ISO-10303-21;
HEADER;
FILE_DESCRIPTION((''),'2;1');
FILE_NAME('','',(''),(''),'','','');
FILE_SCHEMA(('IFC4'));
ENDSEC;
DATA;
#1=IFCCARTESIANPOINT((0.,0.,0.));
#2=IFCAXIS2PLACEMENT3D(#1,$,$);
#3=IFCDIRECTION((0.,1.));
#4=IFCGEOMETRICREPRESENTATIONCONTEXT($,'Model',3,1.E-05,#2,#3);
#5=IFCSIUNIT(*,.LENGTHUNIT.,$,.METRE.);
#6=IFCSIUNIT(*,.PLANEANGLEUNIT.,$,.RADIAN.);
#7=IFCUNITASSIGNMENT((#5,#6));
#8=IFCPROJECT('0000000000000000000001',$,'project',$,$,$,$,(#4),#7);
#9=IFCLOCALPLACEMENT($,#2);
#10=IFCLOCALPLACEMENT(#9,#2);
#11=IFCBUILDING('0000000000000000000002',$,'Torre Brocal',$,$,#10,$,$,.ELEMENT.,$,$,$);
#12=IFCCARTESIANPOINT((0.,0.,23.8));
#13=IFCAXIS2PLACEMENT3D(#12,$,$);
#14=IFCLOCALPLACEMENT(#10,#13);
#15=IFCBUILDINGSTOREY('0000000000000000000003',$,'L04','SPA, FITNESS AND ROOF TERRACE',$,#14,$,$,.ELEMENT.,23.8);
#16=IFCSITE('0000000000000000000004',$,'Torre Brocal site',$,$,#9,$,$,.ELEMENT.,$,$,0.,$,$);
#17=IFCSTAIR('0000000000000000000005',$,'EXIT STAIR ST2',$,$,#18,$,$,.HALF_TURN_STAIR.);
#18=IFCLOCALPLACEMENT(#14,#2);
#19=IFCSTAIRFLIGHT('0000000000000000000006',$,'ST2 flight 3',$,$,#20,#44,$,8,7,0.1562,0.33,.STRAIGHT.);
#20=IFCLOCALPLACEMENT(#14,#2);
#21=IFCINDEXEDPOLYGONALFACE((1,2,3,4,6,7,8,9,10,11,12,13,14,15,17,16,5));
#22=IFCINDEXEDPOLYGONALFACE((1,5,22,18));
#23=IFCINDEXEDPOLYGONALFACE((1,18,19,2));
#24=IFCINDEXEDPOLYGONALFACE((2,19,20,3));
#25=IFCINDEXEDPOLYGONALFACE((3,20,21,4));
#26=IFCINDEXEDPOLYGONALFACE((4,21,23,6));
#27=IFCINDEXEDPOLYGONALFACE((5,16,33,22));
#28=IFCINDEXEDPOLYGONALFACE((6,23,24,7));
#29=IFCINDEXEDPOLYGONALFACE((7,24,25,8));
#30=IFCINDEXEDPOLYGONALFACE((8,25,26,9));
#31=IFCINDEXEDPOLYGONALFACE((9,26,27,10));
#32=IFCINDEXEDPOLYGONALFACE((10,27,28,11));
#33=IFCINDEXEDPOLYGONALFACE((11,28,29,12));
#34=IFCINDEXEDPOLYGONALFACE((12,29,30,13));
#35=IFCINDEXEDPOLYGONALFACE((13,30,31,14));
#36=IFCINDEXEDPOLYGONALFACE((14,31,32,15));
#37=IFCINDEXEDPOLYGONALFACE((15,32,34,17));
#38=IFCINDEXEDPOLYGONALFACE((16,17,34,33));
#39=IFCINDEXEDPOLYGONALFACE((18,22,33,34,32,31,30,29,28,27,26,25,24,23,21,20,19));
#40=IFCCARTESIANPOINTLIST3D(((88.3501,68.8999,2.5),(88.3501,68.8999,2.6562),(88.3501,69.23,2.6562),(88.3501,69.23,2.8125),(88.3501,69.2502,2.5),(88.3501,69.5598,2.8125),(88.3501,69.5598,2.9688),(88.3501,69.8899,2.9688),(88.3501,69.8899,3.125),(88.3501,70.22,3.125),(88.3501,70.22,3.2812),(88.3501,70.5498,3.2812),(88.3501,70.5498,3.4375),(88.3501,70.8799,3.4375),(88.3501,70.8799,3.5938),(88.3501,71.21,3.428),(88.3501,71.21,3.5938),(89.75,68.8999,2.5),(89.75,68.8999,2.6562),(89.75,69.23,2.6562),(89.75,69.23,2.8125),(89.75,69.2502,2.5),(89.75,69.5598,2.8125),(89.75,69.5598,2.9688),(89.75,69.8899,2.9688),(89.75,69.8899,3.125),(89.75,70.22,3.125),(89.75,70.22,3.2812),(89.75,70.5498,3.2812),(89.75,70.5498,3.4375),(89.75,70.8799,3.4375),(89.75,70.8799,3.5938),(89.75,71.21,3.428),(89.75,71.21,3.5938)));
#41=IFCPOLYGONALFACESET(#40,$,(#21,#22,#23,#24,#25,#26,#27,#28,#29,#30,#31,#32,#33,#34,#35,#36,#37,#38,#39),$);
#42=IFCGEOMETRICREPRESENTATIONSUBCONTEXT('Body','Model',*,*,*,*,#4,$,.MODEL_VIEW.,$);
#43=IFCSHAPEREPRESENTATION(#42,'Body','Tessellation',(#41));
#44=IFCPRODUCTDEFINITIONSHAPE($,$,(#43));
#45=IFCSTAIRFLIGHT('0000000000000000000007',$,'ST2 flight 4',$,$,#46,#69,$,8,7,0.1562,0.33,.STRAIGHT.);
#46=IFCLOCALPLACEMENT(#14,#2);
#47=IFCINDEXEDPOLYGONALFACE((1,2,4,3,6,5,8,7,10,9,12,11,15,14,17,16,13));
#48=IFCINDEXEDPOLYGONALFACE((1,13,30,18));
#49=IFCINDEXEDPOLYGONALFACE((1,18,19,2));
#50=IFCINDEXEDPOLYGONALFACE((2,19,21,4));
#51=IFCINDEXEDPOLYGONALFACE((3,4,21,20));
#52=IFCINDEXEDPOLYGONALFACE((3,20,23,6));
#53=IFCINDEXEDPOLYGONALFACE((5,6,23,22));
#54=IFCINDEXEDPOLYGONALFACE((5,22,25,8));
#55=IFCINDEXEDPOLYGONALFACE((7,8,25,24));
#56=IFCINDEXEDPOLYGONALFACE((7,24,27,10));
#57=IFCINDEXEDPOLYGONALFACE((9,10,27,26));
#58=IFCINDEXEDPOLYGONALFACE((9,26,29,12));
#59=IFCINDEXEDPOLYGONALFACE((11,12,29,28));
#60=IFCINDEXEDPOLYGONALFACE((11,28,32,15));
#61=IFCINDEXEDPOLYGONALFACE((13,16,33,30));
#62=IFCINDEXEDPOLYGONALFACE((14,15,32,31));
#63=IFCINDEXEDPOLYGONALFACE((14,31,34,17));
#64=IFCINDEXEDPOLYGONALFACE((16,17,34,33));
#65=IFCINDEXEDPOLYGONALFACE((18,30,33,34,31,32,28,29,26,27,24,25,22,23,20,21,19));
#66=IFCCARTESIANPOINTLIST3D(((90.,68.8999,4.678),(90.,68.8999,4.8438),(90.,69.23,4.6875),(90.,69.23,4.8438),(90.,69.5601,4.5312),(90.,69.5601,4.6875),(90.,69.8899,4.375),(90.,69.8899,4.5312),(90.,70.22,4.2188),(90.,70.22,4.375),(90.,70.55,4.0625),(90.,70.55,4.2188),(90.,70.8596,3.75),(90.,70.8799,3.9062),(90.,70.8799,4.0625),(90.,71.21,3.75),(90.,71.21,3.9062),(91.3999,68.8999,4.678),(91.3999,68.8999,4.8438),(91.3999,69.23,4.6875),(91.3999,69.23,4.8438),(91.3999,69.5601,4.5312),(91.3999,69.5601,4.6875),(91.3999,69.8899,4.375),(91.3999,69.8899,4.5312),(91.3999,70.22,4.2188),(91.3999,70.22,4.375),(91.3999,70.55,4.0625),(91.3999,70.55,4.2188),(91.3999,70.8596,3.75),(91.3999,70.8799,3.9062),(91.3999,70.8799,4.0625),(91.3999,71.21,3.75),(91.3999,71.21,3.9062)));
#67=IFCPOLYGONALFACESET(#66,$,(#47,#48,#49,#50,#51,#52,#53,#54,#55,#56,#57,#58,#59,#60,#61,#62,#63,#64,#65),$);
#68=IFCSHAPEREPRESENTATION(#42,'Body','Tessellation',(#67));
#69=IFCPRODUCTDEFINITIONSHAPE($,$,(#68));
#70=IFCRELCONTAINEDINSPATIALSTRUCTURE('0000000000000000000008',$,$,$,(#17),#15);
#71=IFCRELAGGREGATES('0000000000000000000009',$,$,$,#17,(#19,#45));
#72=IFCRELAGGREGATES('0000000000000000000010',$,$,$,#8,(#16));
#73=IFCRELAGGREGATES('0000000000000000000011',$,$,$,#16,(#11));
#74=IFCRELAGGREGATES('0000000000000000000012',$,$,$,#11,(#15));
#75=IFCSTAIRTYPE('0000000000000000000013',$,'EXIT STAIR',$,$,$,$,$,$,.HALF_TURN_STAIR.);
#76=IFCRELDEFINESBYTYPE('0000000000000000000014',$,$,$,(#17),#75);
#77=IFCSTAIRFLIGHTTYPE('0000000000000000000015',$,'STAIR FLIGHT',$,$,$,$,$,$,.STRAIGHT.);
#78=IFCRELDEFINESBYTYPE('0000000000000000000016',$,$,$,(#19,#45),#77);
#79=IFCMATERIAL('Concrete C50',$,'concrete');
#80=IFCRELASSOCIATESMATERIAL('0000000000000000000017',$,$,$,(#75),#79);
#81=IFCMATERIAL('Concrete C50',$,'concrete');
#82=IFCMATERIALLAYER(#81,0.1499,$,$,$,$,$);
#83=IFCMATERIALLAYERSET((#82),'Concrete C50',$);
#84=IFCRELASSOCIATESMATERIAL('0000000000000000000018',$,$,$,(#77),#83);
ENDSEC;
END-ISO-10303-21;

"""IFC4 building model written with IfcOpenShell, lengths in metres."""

from ifc_helpers import new_model, si_unit, direction, frame, origin, place, context, subcontext, project, spatial, polyline, outline, extrude, material, layer, layer_set, type_object, element, aggregate, save


model = new_model("IFC4")

# Units and contexts
model_context = context("Model", 3, precision=1e-05, world=origin(), true_north=direction((0.0, 1.0)))
body_context = subcontext(model_context, "Body", "Model", "MODEL_VIEW")
ifc_project = project(units=[si_unit("LENGTHUNIT", "METRE"), si_unit("PLANEANGLEUNIT", "RADIAN")], contexts=[model_context])

# Site, building, storey
site_placement = place(None, origin())
site = spatial("IfcSite", under=ifc_project, at=site_placement, Name="Torre Brocal site", CompositionType="ELEMENT", RefElevation=0.0)
building_placement = place(site_placement, origin())
building = spatial("IfcBuilding", under=site, at=building_placement, Name="Torre Brocal", CompositionType="ELEMENT")
storey_placement = place(building_placement, frame((0.0, 0.0, 23.8)))
storey = spatial("IfcBuildingStorey", under=building, at=storey_placement, Name="L04", Description="SPA, FITNESS AND ROOF TERRACE", CompositionType="ELEMENT", Elevation=23.8)

# Stair, stair flights
ifc_material_1 = material(Name="Concrete C50", Category="concrete")
stair_type = type_object("IfcStairType", Name="EXIT STAIR", PredefinedType="HALF_TURN_STAIR", material=ifc_material_1)
stair_placement = place(storey_placement, origin())
stair = element("IfcStair", 1, at=stair_placement, inside=storey, type_object=stair_type, Name="EXIT STAIR ST2", PredefinedType="HALF_TURN_STAIR")
ifc_material_2 = material(Name="Concrete C50", Category="concrete")
ifc_layer_1 = layer(ifc_material_2, 0.1499)
ifc_layer_set_1 = layer_set([ifc_layer_1], Name="Concrete C50")
stair_flight_type = type_object("IfcStairFlightType", Name="STAIR FLIGHT", PredefinedType="STRAIGHT", material=ifc_layer_set_1)
stair_flight_1_placement = place(storey_placement, frame((89.05, 68.8999, 2.5), z_axis=(0.0, 0.0, 1.0), x_axis=(0.0, 1.0, 0.0)))
stair_flight_1 = element("IfcStairFlight", 2, at=stair_flight_1_placement, type_object=stair_flight_type, Name="ST2 flight 3", NumberOfRisers=8, NumberOfTreads=7, PredefinedType="STRAIGHT", RiserHeight=0.1562, TreadLength=0.33, context=body_context, shape_type="SweptSolid", body=[
    extrude(outline(polyline([(0.0, 0.0), (0.0, 0.1562), (0.3301, 0.1562), (0.3301, 0.3125), (0.6599, 0.3125), (0.6599, 0.4688), (0.99, 0.4688), (0.99, 0.625), (1.3201, 0.625), (1.3201, 0.7812), (1.6499, 0.7812), (1.6499, 0.9375), (1.98, 0.9375), (1.98, 1.0938), (2.3101, 1.0938), (2.3101, 1.25), (2.3101, 0.928), (0.3503, 0.0), (0.0, 0.0)])), frame((0.0, 0.7, 0.0), z_axis=(0.0, -1.0, 0.0), x_axis=(1.0, 0.0, 0.0)), (0.0, 0.0, 1.0), 1.3999),
])
stair_flight_2_placement = place(storey_placement, frame((90.7, 71.21, 3.75), z_axis=(0.0, 0.0, 1.0), x_axis=(0.0, -1.0, 0.0)))
stair_flight_2 = element("IfcStairFlight", 3, at=stair_flight_2_placement, type_object=stair_flight_type, Name="ST2 flight 4", NumberOfRisers=8, NumberOfTreads=7, PredefinedType="STRAIGHT", RiserHeight=0.1562, TreadLength=0.33, context=body_context, shape_type="SweptSolid", body=[
    extrude(outline(polyline([(0.0, 0.0), (0.0, 0.1562), (0.3301, 0.1562), (0.3301, 0.3125), (0.6599, 0.3125), (0.6599, 0.4688), (0.99, 0.4688), (0.99, 0.625), (1.3201, 0.625), (1.3201, 0.7812), (1.6499, 0.7812), (1.6499, 0.9375), (1.98, 0.9375), (1.98, 1.0938), (2.3101, 1.0938), (2.3101, 1.25), (2.3101, 0.928), (0.3503, 0.0), (0.0, 0.0)])), frame((0.0, 0.7, 0.0), z_axis=(0.0, -1.0, 0.0), x_axis=(1.0, 0.0, 0.0)), (0.0, 0.0, 1.0), 1.3999),
])
aggregate(stair, [stair_flight_1, stair_flight_2])

save(model, "model.ifc")
